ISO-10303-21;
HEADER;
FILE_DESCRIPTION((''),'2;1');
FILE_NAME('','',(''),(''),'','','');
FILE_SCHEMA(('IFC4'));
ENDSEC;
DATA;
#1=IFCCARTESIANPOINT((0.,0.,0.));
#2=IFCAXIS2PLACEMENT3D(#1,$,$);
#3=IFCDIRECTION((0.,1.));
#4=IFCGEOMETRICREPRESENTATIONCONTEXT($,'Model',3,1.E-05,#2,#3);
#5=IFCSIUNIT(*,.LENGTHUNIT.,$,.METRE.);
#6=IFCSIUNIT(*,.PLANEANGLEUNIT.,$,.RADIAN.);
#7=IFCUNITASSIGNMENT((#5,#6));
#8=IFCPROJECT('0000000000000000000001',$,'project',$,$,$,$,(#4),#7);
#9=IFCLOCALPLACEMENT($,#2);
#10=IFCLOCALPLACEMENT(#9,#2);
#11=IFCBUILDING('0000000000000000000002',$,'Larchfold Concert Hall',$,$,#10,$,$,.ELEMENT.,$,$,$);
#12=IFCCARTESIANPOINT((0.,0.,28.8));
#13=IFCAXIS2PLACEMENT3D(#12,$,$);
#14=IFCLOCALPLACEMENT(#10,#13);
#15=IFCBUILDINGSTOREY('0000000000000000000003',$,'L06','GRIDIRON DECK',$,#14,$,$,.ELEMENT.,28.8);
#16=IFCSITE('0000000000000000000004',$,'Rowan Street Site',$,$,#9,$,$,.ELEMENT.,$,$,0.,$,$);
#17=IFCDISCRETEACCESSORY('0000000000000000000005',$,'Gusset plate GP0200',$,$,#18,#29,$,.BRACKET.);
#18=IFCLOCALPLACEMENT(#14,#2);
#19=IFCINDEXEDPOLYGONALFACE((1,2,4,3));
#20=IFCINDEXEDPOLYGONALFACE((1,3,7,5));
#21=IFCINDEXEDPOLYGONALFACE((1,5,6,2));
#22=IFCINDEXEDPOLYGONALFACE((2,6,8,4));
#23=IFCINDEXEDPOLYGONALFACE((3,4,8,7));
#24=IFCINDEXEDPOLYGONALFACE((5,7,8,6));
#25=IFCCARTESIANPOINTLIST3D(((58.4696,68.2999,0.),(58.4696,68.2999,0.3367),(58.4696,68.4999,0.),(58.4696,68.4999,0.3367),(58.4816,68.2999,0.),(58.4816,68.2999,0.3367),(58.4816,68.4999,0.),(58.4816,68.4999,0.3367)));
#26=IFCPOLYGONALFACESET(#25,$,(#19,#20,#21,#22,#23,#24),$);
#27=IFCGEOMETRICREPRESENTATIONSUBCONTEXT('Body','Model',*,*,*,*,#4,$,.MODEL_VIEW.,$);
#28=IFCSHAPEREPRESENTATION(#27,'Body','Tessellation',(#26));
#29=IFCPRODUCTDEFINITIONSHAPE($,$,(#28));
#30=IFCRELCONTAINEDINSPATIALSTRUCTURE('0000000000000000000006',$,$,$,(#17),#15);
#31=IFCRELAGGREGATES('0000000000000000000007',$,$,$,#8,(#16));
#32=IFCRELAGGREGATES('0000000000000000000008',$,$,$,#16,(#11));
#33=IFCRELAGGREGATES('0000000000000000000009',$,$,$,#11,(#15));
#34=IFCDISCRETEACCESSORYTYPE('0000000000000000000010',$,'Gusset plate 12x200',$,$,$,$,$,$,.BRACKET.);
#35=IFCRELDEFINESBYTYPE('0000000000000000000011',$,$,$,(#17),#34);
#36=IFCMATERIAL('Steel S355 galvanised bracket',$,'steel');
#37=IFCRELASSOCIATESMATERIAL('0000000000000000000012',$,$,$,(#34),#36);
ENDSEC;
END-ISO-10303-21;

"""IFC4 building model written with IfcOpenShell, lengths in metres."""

from ifc_helpers import new_model, si_unit, direction, frame, origin, origin_2d, place, context, subcontext, project, spatial, rectangle, extrude, material, material_profile, profile_set, type_object, element, save


model = new_model("IFC4")

# Units and contexts
model_context = context("Model", 3, precision=1e-05, world=origin(), true_north=direction((0.0, 1.0)))
body_context = subcontext(model_context, "Body", "Model", "MODEL_VIEW")
ifc_project = project(units=[si_unit("LENGTHUNIT", "METRE"), si_unit("PLANEANGLEUNIT", "RADIAN")], contexts=[model_context])

# Site, building, storey
site_placement = place(None, origin())
site = spatial("IfcSite", under=ifc_project, at=site_placement, Name="Rowan Street Site", CompositionType="ELEMENT", RefElevation=0.0)
building_placement = place(site_placement, origin())
building = spatial("IfcBuilding", under=site, at=building_placement, Name="Larchfold Concert Hall", CompositionType="ELEMENT")
storey_placement = place(building_placement, frame((0.0, 0.0, 28.8)))
storey = spatial("IfcBuildingStorey", under=building, at=storey_placement, Name="L06", Description="GRIDIRON DECK", CompositionType="ELEMENT", Elevation=28.8)

# Discrete accessory
ifc_material_1 = material(Name="Steel S355 galvanised bracket", Category="steel")
ifc_material_profile_1 = material_profile(ifc_material_1, rectangle(XDim=0.012, YDim=0.2, at=origin_2d()))
ifc_profile_set_1 = profile_set([ifc_material_profile_1], Name="Steel S355 galvanised bracket")
discrete_accessory_type_1 = type_object("IfcDiscreteAccessoryType", Name="Gusset plate 12x200", PredefinedType="BRACKET", material=ifc_profile_set_1)
for number, where, z_axis, x_axis, name in (
    (1, (58.4756, 68.3999, 0.3367), (0.0, 0.0, -1.0), (1.0, 0.0, 0.0), "Gusset plate GP0200"),
):
    element("IfcDiscreteAccessory", number, at=place(storey_placement, frame(where, z_axis=z_axis, x_axis=x_axis)), inside=storey, type_object=discrete_accessory_type_1, Name=name, PredefinedType="BRACKET", context=body_context, shape_type="SweptSolid", body=[
        extrude(rectangle(XDim=0.012, YDim=0.2, at=origin_2d()), origin(), (0.0, 0.0, 1.0), 0.3367),
    ])

save(model, "model.ifc")
